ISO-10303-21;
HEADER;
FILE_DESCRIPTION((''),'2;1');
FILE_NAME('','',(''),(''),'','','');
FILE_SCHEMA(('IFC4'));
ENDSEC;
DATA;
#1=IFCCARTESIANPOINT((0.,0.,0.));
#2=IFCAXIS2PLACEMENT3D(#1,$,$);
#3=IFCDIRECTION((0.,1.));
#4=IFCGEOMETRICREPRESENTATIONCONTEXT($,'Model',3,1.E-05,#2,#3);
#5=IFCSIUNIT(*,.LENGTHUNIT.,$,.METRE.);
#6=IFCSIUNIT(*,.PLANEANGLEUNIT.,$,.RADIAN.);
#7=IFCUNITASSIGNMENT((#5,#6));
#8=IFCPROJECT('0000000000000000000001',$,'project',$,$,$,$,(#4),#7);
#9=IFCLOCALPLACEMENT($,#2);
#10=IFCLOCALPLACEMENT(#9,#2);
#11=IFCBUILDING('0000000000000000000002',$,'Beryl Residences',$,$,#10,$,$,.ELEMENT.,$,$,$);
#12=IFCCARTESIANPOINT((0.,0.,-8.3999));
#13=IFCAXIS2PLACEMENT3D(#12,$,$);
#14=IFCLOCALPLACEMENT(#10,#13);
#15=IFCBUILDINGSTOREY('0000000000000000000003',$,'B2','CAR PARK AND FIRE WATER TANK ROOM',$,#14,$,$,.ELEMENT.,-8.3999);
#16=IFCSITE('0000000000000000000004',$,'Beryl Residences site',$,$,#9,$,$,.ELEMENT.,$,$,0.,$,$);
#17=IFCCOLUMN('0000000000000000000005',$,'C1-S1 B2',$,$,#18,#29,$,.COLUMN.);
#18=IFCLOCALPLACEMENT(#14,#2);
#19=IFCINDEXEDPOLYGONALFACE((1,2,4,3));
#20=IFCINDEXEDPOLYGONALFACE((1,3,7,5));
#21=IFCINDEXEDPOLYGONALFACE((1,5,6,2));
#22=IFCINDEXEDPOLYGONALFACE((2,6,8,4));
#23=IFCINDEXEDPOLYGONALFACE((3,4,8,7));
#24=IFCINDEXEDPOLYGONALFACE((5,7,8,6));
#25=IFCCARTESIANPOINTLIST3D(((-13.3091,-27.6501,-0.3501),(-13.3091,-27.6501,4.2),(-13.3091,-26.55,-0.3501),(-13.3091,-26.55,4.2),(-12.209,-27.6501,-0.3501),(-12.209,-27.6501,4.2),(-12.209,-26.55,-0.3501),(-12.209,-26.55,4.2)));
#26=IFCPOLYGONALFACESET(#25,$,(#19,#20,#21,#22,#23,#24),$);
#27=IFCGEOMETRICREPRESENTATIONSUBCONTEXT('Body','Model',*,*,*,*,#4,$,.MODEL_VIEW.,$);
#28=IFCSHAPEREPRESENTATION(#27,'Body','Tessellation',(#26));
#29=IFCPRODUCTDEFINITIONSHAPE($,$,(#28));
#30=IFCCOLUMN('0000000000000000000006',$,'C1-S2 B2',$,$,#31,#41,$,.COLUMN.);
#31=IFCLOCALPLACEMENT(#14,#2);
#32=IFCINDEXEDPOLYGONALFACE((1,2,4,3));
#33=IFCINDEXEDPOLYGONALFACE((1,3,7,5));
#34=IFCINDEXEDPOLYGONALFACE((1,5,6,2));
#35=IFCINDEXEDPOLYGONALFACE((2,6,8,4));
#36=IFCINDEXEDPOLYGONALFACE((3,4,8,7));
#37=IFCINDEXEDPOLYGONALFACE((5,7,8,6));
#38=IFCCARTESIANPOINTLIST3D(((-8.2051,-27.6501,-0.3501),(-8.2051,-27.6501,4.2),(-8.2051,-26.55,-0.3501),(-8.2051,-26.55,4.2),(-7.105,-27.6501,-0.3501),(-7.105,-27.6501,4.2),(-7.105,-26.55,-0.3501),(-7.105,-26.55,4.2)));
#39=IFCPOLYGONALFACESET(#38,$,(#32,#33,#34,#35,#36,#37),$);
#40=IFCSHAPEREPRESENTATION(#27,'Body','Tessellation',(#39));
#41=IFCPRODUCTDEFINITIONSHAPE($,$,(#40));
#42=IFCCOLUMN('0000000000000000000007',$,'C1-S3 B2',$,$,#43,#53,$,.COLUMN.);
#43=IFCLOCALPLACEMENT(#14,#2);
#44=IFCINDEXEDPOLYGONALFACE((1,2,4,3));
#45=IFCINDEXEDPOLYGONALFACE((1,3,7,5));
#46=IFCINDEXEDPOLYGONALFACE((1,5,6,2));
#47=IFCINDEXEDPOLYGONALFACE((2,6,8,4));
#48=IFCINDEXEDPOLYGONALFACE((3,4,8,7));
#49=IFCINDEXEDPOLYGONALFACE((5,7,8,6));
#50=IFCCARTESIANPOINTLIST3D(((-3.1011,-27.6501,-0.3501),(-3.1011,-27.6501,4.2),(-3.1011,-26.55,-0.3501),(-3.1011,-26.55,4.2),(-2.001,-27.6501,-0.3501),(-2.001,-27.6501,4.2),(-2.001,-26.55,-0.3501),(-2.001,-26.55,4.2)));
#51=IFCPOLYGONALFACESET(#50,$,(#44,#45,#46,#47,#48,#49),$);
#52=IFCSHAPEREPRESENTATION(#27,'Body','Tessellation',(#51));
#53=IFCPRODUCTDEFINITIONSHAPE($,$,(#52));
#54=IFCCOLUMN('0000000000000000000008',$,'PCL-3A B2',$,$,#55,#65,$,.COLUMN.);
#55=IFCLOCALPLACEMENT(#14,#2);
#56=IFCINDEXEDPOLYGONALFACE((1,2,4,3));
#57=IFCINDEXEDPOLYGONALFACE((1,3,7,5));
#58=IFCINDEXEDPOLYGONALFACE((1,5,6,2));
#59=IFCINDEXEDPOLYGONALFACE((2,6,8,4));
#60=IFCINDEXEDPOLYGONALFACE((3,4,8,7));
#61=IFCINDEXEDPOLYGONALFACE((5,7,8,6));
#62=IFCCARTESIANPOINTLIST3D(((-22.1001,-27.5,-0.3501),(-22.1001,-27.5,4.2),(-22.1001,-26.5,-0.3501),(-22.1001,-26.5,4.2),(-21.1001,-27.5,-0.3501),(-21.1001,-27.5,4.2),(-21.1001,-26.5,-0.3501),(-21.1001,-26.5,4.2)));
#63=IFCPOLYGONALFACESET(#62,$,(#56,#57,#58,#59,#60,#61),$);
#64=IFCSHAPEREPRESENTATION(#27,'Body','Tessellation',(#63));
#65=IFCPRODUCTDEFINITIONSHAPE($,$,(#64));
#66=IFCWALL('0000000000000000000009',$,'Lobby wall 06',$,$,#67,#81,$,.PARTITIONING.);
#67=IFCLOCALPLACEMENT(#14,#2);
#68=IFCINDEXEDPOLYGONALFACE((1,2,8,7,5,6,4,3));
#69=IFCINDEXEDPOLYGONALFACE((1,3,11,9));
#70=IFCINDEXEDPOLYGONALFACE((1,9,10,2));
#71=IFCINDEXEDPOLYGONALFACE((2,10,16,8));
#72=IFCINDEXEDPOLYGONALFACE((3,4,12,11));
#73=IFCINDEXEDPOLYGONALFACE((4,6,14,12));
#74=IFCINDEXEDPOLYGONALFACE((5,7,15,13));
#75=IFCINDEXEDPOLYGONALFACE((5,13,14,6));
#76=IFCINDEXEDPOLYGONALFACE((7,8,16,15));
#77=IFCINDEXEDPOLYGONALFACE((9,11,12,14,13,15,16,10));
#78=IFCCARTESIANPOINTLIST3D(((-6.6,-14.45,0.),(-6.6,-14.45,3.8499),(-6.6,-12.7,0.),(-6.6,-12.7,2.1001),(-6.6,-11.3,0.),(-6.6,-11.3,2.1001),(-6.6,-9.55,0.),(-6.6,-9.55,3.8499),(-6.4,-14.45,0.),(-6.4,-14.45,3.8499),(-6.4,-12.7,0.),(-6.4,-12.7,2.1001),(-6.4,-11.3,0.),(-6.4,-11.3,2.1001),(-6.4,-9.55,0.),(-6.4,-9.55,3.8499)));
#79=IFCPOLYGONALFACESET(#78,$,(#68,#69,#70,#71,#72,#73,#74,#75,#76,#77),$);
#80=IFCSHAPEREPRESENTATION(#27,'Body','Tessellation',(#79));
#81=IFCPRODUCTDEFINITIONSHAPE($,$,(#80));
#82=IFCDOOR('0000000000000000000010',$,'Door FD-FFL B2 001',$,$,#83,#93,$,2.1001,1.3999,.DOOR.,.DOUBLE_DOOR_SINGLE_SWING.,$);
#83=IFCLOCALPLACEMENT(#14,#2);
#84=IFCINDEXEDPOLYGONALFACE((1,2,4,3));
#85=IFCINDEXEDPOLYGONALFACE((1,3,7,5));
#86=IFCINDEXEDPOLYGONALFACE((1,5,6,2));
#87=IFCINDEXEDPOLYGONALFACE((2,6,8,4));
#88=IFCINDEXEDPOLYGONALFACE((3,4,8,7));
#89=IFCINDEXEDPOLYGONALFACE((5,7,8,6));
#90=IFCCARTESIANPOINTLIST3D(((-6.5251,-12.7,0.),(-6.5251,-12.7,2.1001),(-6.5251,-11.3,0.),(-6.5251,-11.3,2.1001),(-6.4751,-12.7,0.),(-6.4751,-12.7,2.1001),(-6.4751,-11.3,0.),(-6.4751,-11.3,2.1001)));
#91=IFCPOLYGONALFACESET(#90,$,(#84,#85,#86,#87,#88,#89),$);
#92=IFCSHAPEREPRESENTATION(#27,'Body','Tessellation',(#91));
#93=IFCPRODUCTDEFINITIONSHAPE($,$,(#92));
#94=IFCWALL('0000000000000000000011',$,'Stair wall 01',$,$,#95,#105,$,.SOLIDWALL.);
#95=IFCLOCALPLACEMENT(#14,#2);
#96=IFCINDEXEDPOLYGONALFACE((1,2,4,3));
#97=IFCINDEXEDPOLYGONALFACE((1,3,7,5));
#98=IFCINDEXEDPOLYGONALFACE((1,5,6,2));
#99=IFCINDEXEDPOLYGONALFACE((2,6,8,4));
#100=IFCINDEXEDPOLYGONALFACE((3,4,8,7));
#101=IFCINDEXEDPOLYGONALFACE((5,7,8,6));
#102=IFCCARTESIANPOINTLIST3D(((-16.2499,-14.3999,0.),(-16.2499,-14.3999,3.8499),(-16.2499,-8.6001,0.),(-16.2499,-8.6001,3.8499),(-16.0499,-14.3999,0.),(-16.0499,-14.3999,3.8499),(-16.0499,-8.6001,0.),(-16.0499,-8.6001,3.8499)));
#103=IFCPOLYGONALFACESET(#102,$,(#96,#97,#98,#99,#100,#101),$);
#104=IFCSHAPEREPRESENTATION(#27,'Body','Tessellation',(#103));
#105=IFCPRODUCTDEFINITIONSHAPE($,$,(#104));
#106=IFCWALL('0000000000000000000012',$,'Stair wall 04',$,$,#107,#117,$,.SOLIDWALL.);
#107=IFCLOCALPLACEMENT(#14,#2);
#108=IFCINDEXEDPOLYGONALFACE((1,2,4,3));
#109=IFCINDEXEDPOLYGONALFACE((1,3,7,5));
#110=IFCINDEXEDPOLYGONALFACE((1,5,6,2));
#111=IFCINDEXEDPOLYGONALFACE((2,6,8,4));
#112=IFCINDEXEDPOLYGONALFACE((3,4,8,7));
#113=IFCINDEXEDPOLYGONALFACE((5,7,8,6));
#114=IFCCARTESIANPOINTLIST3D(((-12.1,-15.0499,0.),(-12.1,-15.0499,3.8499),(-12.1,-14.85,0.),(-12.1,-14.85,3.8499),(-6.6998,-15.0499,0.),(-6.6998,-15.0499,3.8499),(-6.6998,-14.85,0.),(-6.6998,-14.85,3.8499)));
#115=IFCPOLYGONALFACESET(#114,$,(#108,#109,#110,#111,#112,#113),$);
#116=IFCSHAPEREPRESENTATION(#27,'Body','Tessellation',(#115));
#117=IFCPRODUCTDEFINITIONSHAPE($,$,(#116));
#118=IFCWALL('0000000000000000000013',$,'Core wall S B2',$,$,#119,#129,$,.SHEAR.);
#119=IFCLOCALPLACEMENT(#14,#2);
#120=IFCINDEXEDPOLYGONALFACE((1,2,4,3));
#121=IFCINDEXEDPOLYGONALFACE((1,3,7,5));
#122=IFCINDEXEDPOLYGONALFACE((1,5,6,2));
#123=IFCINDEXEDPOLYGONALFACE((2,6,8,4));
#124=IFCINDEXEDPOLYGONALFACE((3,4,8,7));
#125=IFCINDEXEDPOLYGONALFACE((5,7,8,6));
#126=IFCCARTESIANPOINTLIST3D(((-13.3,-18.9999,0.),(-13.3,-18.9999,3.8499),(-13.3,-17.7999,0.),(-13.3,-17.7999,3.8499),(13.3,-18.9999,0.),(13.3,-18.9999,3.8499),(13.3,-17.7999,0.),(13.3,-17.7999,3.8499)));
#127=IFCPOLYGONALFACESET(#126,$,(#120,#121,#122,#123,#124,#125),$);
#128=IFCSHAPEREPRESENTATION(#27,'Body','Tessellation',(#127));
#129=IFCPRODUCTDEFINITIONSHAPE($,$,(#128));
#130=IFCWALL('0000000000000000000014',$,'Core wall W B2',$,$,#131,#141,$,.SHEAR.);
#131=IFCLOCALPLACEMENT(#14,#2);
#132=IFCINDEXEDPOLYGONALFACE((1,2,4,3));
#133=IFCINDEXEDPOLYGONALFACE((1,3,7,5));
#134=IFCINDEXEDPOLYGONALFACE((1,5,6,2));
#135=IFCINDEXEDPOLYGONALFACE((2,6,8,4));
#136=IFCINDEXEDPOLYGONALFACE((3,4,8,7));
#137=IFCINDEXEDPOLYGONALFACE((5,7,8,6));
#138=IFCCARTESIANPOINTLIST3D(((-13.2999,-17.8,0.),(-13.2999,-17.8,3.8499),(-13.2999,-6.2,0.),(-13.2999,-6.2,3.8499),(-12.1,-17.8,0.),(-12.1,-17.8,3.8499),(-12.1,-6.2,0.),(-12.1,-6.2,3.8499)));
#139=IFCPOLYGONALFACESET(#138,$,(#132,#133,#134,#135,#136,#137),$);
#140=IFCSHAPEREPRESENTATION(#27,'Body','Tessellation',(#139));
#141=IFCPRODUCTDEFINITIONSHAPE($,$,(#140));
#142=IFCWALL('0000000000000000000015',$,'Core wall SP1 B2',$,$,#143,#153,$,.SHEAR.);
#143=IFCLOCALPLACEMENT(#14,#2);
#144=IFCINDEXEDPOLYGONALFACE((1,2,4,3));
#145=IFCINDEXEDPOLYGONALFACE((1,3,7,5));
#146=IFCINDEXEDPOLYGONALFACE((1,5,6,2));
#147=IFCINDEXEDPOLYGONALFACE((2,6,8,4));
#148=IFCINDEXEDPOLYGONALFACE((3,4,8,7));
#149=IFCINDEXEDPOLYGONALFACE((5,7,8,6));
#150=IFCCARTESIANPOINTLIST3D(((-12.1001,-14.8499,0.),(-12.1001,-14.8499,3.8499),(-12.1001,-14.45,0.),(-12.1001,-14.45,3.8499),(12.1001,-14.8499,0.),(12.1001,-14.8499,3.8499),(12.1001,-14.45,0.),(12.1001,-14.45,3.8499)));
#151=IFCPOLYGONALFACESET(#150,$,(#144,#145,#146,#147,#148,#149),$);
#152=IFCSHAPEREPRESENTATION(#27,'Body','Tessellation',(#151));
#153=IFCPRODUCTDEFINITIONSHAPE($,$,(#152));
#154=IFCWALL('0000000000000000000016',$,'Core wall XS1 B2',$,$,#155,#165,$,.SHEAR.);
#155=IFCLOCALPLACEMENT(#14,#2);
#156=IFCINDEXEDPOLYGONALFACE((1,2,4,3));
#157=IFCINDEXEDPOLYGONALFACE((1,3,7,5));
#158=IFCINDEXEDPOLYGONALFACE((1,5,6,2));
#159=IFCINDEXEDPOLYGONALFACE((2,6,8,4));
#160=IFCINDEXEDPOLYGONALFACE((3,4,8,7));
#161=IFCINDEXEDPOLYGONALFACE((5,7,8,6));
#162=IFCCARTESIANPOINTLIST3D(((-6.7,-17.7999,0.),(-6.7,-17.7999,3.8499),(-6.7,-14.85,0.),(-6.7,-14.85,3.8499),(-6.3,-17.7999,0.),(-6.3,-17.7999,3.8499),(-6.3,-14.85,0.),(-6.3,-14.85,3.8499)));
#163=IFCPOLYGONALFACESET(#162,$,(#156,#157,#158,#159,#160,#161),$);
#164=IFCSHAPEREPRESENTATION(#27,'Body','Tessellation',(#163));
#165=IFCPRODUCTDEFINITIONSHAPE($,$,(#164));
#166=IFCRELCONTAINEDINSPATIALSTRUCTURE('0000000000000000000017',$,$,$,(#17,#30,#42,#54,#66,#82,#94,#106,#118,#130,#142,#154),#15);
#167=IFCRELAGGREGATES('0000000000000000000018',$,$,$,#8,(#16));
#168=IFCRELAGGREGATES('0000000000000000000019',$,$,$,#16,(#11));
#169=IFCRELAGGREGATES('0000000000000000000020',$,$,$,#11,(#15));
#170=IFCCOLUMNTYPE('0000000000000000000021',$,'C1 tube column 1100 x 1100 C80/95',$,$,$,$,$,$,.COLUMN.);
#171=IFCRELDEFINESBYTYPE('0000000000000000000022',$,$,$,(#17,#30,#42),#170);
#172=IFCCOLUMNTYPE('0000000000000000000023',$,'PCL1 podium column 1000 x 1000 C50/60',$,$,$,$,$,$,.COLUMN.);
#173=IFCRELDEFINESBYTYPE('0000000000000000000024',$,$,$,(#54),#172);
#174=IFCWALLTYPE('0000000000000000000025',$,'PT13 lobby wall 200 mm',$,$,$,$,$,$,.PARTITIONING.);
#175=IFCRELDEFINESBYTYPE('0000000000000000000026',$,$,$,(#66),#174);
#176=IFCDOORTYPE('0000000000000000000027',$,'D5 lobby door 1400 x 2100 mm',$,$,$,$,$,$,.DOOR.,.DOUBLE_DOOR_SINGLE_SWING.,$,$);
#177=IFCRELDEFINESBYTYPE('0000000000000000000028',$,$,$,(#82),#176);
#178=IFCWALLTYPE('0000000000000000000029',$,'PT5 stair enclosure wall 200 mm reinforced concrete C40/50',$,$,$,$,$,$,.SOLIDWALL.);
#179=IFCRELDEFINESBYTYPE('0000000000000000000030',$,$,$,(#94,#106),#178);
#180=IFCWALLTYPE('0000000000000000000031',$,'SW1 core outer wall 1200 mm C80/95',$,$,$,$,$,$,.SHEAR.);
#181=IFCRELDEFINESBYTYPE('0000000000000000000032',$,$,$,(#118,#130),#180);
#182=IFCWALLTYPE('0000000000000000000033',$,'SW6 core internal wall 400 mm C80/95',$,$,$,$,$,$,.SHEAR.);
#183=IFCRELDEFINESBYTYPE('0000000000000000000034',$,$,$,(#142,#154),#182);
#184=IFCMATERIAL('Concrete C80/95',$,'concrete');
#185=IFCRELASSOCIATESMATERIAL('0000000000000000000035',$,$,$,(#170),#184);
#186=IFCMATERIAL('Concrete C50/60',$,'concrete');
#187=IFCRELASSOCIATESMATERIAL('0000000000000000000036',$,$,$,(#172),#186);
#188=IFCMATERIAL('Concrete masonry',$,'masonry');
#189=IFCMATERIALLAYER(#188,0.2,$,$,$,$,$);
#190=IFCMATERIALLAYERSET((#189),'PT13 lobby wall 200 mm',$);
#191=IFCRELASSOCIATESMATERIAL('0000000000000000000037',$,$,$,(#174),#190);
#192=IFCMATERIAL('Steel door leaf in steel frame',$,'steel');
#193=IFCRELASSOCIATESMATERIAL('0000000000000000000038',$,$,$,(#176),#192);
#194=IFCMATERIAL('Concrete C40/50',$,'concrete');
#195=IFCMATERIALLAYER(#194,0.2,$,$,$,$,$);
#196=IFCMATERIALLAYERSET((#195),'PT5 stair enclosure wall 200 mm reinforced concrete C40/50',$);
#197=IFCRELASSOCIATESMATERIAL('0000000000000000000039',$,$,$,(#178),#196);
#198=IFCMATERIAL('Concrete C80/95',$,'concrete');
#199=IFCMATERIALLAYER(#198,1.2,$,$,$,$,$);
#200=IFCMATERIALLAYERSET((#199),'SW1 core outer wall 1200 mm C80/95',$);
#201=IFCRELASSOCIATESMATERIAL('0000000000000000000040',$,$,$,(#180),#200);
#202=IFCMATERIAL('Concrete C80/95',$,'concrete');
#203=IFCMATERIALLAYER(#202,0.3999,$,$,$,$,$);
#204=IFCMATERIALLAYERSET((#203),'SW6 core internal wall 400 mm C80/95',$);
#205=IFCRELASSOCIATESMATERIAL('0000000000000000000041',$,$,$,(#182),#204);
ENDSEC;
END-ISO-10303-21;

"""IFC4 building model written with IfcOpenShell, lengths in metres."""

from ifc_helpers import new_model, si_unit, direction, frame, frame_2d, origin, origin_2d, place, context, subcontext, project, spatial, rectangle, extrude, material, layer, layer_set, material_profile, profile_set, type_object, element, fill, save


model = new_model("IFC4")

# Units and contexts
model_context = context("Model", 3, precision=1e-05, world=origin(), true_north=direction((0.0, 1.0)))
body_context = subcontext(model_context, "Body", "Model", "MODEL_VIEW")
ifc_project = project(units=[si_unit("LENGTHUNIT", "METRE"), si_unit("PLANEANGLEUNIT", "RADIAN")], contexts=[model_context])

# Site, building, storey
site_placement = place(None, origin())
site = spatial("IfcSite", under=ifc_project, at=site_placement, Name="Beryl Residences site", CompositionType="ELEMENT", RefElevation=0.0)
building_placement = place(site_placement, origin())
building = spatial("IfcBuilding", under=site, at=building_placement, Name="Beryl Residences", CompositionType="ELEMENT")
storey_placement = place(building_placement, frame((0.0, 0.0, -8.3999)))
storey = spatial("IfcBuildingStorey", under=building, at=storey_placement, Name="B2", Description="CAR PARK AND FIRE WATER TANK ROOM", CompositionType="ELEMENT", Elevation=-8.3999)

# Columns
ifc_material_1 = material(Name="Concrete C80/95", Category="concrete")
ifc_material_profile_1 = material_profile(ifc_material_1, rectangle(XDim=1.1001, YDim=1.1001, at=origin_2d()))
ifc_profile_set_1 = profile_set([ifc_material_profile_1], Name="Concrete C80/95")
column_type_1 = type_object("IfcColumnType", Name="C1 tube column 1100 x 1100 C80/95", PredefinedType="COLUMN", material=ifc_profile_set_1)
for number, where, z_axis, x_axis, name in (
    (1, (-12.759, -27.1001, -0.3501), (0.0, 0.0, 1.0), (1.0, 0.0, 0.0), "C1-S1 B2"),
    (2, (-7.655, -27.1001, -0.3501), (0.0, 0.0, 1.0), (1.0, 0.0, 0.0), "C1-S2 B2"),
    (3, (-2.551, -27.1001, -0.3501), (0.0, 0.0, 1.0), (1.0, 0.0, 0.0), "C1-S3 B2"),
):
    element("IfcColumn", number, at=place(storey_placement, frame(where, z_axis=z_axis, x_axis=x_axis)), inside=storey, type_object=column_type_1, Name=name, PredefinedType="COLUMN", context=body_context, shape_type="SweptSolid", body=[
        extrude(rectangle(XDim=1.1001, YDim=1.1001, at=origin_2d()), origin(), (0.0, 0.0, 1.0), 4.55),
    ])
ifc_material_2 = material(Name="Concrete C50/60", Category="concrete")
ifc_material_profile_2 = material_profile(ifc_material_2, rectangle(XDim=1.0, YDim=1.0, at=origin_2d()))
ifc_profile_set_2 = profile_set([ifc_material_profile_2], Name="Concrete C50/60")
column_type_2 = type_object("IfcColumnType", Name="PCL1 podium column 1000 x 1000 C50/60", PredefinedType="COLUMN", material=ifc_profile_set_2)
column_placement = place(storey_placement, frame((-21.6001, -27.0, -0.3501), z_axis=(0.0, 0.0, 1.0), x_axis=(1.0, 0.0, 0.0)))
element("IfcColumn", 4, at=column_placement, inside=storey, type_object=column_type_2, Name="PCL-3A B2", PredefinedType="COLUMN", context=body_context, shape_type="SweptSolid", body=[
    extrude(rectangle(XDim=1.0, YDim=1.0, at=origin_2d()), origin(), (0.0, 0.0, 1.0), 4.55),
])

# Wall, opening, door
ifc_material_3 = material(Name="Concrete masonry", Category="masonry")
ifc_layer_1 = layer(ifc_material_3, 0.2)
ifc_layer_set_1 = layer_set([ifc_layer_1], Name="PT13 lobby wall 200 mm")
wall_type_1 = type_object("IfcWallType", Name="PT13 lobby wall 200 mm", PredefinedType="PARTITIONING", material=ifc_layer_set_1)
wall_1_placement = place(storey_placement, frame((-6.5, -14.45, 0.0), z_axis=(0.0, 0.0, 1.0), x_axis=(0.0, 1.0, 0.0)))
wall_1 = element("IfcWall", 5, at=wall_1_placement, inside=storey, type_object=wall_type_1, Name="Lobby wall 06", PredefinedType="PARTITIONING", context=body_context, shape_type="SweptSolid", body=[
    extrude(rectangle(XDim=4.8999, YDim=0.2, at=frame_2d((2.45, 0.0))), origin(), (0.0, 0.0, 1.0), 3.8499),
])
opening_placement = place(wall_1_placement, frame((3.1499, 0.0, 0.0), z_axis=(0.0, 0.0, 1.0), x_axis=(-1.0, 0.0, 0.0)))
opening = element("IfcOpeningElement", 6, at=opening_placement, cuts=wall_1, PredefinedType="OPENING", context=body_context, shape_type="SweptSolid", body=[
    extrude(rectangle(XDim=1.3999, YDim=2.1001, at=frame_2d((0.7, 1.05))), frame((0.0, 0.1099, 0.0), z_axis=(0.0, -1.0, 0.0), x_axis=(1.0, 0.0, 0.0)), (0.0, 0.0, 1.0), 0.22),
])
ifc_material_4 = material(Name="Steel door leaf in steel frame", Category="steel")
door_type = type_object("IfcDoorType", Name="D5 lobby door 1400 x 2100 mm", OperationType="DOUBLE_DOOR_SINGLE_SWING", PredefinedType="DOOR", material=ifc_material_4)
door_placement = place(opening_placement, origin())
door = element("IfcDoor", 7, at=door_placement, inside=storey, type_object=door_type, Name="Door FD-FFL B2 001", OperationType="DOUBLE_DOOR_SINGLE_SWING", OverallHeight=2.1001, OverallWidth=1.3999, PredefinedType="DOOR", context=body_context, shape_type="SweptSolid", body=[
    extrude(rectangle(XDim=1.3999, YDim=2.1001, at=frame_2d((0.7, 1.05))), frame((0.0, 0.0249, 0.0), z_axis=(0.0, -1.0, 0.0), x_axis=(1.0, 0.0, 0.0)), (0.0, 0.0, 1.0), 0.05),
])
fill(opening, door)

# Walls
ifc_material_5 = material(Name="Concrete C40/50", Category="concrete")
ifc_layer_2 = layer(ifc_material_5, 0.2)
ifc_layer_set_2 = layer_set([ifc_layer_2], Name="PT5 stair enclosure wall 200 mm reinforced concrete C40/50")
wall_type_2 = type_object("IfcWallType", Name="PT5 stair enclosure wall 200 mm reinforced concrete C40/50", PredefinedType="SOLIDWALL", material=ifc_layer_set_2)
wall_2_placement = place(storey_placement, frame((-16.1499, -14.3999, 0.0), z_axis=(0.0, 0.0, 1.0), x_axis=(0.0, 1.0, 0.0)))
element("IfcWall", 8, at=wall_2_placement, inside=storey, type_object=wall_type_2, Name="Stair wall 01", PredefinedType="SOLIDWALL", context=body_context, shape_type="SweptSolid", body=[
    extrude(rectangle(XDim=5.7998, YDim=0.2, at=frame_2d((2.8999, 0.0))), origin(), (0.0, 0.0, 1.0), 3.8499),
])
wall_3_placement = place(storey_placement, frame((-12.1001, -14.95, 0.0), z_axis=(0.0, 0.0, 1.0), x_axis=(1.0, 0.0, 0.0)))
element("IfcWall", 9, at=wall_3_placement, inside=storey, type_object=wall_type_2, Name="Stair wall 04", PredefinedType="SOLIDWALL", context=body_context, shape_type="SweptSolid", body=[
    extrude(rectangle(XDim=5.4001, YDim=0.2, at=frame_2d((2.7002, 0.0))), origin(), (0.0, 0.0, 1.0), 3.8499),
])
ifc_material_6 = material(Name="Concrete C80/95", Category="concrete")
ifc_layer_3 = layer(ifc_material_6, 1.2)
ifc_layer_set_3 = layer_set([ifc_layer_3], Name="SW1 core outer wall 1200 mm C80/95")
wall_type_3 = type_object("IfcWallType", Name="SW1 core outer wall 1200 mm C80/95", PredefinedType="SHEAR", material=ifc_layer_set_3)
wall_4_placement = place(storey_placement, frame((-13.3, -18.3999, 0.0), z_axis=(0.0, 0.0, 1.0), x_axis=(1.0, 0.0, 0.0)))
element("IfcWall", 10, at=wall_4_placement, inside=storey, type_object=wall_type_3, Name="Core wall S B2", PredefinedType="SHEAR", context=body_context, shape_type="SweptSolid", body=[
    extrude(rectangle(XDim=26.6001, YDim=1.2, at=frame_2d((13.3, 0.0))), origin(), (0.0, 0.0, 1.0), 3.8499),
])
wall_5_placement = place(storey_placement, frame((-12.7, -17.8, 0.0), z_axis=(0.0, 0.0, 1.0), x_axis=(0.0, 1.0, 0.0)))
element("IfcWall", 11, at=wall_5_placement, inside=storey, type_object=wall_type_3, Name="Core wall W B2", PredefinedType="SHEAR", context=body_context, shape_type="SweptSolid", body=[
    extrude(rectangle(XDim=11.6001, YDim=1.2, at=frame_2d((5.8, 0.0))), origin(), (0.0, 0.0, 1.0), 3.8499),
])
ifc_material_7 = material(Name="Concrete C80/95", Category="concrete")
ifc_layer_4 = layer(ifc_material_7, 0.3999)
ifc_layer_set_4 = layer_set([ifc_layer_4], Name="SW6 core internal wall 400 mm C80/95")
wall_type_4 = type_object("IfcWallType", Name="SW6 core internal wall 400 mm C80/95", PredefinedType="SHEAR", material=ifc_layer_set_4)
wall_6_placement = place(storey_placement, frame((-12.1001, -14.6499, 0.0), z_axis=(0.0, 0.0, 1.0), x_axis=(1.0, 0.0, 0.0)))
element("IfcWall", 12, at=wall_6_placement, inside=storey, type_object=wall_type_4, Name="Core wall SP1 B2", PredefinedType="SHEAR", context=body_context, shape_type="SweptSolid", body=[
    extrude(rectangle(XDim=24.2002, YDim=0.3999, at=frame_2d((12.1001, 0.0))), origin(), (0.0, 0.0, 1.0), 3.8499),
])
wall_7_placement = place(storey_placement, frame((-6.5, -17.8, 0.0), z_axis=(0.0, 0.0, 1.0), x_axis=(0.0, 1.0, 0.0)))
element("IfcWall", 13, at=wall_7_placement, inside=storey, type_object=wall_type_4, Name="Core wall XS1 B2", PredefinedType="SHEAR", context=body_context, shape_type="SweptSolid", body=[
    extrude(rectangle(XDim=2.95, YDim=0.3999, at=frame_2d((1.4751, 0.0))), origin(), (0.0, 0.0, 1.0), 3.8499),
])

save(model, "model.ifc")
